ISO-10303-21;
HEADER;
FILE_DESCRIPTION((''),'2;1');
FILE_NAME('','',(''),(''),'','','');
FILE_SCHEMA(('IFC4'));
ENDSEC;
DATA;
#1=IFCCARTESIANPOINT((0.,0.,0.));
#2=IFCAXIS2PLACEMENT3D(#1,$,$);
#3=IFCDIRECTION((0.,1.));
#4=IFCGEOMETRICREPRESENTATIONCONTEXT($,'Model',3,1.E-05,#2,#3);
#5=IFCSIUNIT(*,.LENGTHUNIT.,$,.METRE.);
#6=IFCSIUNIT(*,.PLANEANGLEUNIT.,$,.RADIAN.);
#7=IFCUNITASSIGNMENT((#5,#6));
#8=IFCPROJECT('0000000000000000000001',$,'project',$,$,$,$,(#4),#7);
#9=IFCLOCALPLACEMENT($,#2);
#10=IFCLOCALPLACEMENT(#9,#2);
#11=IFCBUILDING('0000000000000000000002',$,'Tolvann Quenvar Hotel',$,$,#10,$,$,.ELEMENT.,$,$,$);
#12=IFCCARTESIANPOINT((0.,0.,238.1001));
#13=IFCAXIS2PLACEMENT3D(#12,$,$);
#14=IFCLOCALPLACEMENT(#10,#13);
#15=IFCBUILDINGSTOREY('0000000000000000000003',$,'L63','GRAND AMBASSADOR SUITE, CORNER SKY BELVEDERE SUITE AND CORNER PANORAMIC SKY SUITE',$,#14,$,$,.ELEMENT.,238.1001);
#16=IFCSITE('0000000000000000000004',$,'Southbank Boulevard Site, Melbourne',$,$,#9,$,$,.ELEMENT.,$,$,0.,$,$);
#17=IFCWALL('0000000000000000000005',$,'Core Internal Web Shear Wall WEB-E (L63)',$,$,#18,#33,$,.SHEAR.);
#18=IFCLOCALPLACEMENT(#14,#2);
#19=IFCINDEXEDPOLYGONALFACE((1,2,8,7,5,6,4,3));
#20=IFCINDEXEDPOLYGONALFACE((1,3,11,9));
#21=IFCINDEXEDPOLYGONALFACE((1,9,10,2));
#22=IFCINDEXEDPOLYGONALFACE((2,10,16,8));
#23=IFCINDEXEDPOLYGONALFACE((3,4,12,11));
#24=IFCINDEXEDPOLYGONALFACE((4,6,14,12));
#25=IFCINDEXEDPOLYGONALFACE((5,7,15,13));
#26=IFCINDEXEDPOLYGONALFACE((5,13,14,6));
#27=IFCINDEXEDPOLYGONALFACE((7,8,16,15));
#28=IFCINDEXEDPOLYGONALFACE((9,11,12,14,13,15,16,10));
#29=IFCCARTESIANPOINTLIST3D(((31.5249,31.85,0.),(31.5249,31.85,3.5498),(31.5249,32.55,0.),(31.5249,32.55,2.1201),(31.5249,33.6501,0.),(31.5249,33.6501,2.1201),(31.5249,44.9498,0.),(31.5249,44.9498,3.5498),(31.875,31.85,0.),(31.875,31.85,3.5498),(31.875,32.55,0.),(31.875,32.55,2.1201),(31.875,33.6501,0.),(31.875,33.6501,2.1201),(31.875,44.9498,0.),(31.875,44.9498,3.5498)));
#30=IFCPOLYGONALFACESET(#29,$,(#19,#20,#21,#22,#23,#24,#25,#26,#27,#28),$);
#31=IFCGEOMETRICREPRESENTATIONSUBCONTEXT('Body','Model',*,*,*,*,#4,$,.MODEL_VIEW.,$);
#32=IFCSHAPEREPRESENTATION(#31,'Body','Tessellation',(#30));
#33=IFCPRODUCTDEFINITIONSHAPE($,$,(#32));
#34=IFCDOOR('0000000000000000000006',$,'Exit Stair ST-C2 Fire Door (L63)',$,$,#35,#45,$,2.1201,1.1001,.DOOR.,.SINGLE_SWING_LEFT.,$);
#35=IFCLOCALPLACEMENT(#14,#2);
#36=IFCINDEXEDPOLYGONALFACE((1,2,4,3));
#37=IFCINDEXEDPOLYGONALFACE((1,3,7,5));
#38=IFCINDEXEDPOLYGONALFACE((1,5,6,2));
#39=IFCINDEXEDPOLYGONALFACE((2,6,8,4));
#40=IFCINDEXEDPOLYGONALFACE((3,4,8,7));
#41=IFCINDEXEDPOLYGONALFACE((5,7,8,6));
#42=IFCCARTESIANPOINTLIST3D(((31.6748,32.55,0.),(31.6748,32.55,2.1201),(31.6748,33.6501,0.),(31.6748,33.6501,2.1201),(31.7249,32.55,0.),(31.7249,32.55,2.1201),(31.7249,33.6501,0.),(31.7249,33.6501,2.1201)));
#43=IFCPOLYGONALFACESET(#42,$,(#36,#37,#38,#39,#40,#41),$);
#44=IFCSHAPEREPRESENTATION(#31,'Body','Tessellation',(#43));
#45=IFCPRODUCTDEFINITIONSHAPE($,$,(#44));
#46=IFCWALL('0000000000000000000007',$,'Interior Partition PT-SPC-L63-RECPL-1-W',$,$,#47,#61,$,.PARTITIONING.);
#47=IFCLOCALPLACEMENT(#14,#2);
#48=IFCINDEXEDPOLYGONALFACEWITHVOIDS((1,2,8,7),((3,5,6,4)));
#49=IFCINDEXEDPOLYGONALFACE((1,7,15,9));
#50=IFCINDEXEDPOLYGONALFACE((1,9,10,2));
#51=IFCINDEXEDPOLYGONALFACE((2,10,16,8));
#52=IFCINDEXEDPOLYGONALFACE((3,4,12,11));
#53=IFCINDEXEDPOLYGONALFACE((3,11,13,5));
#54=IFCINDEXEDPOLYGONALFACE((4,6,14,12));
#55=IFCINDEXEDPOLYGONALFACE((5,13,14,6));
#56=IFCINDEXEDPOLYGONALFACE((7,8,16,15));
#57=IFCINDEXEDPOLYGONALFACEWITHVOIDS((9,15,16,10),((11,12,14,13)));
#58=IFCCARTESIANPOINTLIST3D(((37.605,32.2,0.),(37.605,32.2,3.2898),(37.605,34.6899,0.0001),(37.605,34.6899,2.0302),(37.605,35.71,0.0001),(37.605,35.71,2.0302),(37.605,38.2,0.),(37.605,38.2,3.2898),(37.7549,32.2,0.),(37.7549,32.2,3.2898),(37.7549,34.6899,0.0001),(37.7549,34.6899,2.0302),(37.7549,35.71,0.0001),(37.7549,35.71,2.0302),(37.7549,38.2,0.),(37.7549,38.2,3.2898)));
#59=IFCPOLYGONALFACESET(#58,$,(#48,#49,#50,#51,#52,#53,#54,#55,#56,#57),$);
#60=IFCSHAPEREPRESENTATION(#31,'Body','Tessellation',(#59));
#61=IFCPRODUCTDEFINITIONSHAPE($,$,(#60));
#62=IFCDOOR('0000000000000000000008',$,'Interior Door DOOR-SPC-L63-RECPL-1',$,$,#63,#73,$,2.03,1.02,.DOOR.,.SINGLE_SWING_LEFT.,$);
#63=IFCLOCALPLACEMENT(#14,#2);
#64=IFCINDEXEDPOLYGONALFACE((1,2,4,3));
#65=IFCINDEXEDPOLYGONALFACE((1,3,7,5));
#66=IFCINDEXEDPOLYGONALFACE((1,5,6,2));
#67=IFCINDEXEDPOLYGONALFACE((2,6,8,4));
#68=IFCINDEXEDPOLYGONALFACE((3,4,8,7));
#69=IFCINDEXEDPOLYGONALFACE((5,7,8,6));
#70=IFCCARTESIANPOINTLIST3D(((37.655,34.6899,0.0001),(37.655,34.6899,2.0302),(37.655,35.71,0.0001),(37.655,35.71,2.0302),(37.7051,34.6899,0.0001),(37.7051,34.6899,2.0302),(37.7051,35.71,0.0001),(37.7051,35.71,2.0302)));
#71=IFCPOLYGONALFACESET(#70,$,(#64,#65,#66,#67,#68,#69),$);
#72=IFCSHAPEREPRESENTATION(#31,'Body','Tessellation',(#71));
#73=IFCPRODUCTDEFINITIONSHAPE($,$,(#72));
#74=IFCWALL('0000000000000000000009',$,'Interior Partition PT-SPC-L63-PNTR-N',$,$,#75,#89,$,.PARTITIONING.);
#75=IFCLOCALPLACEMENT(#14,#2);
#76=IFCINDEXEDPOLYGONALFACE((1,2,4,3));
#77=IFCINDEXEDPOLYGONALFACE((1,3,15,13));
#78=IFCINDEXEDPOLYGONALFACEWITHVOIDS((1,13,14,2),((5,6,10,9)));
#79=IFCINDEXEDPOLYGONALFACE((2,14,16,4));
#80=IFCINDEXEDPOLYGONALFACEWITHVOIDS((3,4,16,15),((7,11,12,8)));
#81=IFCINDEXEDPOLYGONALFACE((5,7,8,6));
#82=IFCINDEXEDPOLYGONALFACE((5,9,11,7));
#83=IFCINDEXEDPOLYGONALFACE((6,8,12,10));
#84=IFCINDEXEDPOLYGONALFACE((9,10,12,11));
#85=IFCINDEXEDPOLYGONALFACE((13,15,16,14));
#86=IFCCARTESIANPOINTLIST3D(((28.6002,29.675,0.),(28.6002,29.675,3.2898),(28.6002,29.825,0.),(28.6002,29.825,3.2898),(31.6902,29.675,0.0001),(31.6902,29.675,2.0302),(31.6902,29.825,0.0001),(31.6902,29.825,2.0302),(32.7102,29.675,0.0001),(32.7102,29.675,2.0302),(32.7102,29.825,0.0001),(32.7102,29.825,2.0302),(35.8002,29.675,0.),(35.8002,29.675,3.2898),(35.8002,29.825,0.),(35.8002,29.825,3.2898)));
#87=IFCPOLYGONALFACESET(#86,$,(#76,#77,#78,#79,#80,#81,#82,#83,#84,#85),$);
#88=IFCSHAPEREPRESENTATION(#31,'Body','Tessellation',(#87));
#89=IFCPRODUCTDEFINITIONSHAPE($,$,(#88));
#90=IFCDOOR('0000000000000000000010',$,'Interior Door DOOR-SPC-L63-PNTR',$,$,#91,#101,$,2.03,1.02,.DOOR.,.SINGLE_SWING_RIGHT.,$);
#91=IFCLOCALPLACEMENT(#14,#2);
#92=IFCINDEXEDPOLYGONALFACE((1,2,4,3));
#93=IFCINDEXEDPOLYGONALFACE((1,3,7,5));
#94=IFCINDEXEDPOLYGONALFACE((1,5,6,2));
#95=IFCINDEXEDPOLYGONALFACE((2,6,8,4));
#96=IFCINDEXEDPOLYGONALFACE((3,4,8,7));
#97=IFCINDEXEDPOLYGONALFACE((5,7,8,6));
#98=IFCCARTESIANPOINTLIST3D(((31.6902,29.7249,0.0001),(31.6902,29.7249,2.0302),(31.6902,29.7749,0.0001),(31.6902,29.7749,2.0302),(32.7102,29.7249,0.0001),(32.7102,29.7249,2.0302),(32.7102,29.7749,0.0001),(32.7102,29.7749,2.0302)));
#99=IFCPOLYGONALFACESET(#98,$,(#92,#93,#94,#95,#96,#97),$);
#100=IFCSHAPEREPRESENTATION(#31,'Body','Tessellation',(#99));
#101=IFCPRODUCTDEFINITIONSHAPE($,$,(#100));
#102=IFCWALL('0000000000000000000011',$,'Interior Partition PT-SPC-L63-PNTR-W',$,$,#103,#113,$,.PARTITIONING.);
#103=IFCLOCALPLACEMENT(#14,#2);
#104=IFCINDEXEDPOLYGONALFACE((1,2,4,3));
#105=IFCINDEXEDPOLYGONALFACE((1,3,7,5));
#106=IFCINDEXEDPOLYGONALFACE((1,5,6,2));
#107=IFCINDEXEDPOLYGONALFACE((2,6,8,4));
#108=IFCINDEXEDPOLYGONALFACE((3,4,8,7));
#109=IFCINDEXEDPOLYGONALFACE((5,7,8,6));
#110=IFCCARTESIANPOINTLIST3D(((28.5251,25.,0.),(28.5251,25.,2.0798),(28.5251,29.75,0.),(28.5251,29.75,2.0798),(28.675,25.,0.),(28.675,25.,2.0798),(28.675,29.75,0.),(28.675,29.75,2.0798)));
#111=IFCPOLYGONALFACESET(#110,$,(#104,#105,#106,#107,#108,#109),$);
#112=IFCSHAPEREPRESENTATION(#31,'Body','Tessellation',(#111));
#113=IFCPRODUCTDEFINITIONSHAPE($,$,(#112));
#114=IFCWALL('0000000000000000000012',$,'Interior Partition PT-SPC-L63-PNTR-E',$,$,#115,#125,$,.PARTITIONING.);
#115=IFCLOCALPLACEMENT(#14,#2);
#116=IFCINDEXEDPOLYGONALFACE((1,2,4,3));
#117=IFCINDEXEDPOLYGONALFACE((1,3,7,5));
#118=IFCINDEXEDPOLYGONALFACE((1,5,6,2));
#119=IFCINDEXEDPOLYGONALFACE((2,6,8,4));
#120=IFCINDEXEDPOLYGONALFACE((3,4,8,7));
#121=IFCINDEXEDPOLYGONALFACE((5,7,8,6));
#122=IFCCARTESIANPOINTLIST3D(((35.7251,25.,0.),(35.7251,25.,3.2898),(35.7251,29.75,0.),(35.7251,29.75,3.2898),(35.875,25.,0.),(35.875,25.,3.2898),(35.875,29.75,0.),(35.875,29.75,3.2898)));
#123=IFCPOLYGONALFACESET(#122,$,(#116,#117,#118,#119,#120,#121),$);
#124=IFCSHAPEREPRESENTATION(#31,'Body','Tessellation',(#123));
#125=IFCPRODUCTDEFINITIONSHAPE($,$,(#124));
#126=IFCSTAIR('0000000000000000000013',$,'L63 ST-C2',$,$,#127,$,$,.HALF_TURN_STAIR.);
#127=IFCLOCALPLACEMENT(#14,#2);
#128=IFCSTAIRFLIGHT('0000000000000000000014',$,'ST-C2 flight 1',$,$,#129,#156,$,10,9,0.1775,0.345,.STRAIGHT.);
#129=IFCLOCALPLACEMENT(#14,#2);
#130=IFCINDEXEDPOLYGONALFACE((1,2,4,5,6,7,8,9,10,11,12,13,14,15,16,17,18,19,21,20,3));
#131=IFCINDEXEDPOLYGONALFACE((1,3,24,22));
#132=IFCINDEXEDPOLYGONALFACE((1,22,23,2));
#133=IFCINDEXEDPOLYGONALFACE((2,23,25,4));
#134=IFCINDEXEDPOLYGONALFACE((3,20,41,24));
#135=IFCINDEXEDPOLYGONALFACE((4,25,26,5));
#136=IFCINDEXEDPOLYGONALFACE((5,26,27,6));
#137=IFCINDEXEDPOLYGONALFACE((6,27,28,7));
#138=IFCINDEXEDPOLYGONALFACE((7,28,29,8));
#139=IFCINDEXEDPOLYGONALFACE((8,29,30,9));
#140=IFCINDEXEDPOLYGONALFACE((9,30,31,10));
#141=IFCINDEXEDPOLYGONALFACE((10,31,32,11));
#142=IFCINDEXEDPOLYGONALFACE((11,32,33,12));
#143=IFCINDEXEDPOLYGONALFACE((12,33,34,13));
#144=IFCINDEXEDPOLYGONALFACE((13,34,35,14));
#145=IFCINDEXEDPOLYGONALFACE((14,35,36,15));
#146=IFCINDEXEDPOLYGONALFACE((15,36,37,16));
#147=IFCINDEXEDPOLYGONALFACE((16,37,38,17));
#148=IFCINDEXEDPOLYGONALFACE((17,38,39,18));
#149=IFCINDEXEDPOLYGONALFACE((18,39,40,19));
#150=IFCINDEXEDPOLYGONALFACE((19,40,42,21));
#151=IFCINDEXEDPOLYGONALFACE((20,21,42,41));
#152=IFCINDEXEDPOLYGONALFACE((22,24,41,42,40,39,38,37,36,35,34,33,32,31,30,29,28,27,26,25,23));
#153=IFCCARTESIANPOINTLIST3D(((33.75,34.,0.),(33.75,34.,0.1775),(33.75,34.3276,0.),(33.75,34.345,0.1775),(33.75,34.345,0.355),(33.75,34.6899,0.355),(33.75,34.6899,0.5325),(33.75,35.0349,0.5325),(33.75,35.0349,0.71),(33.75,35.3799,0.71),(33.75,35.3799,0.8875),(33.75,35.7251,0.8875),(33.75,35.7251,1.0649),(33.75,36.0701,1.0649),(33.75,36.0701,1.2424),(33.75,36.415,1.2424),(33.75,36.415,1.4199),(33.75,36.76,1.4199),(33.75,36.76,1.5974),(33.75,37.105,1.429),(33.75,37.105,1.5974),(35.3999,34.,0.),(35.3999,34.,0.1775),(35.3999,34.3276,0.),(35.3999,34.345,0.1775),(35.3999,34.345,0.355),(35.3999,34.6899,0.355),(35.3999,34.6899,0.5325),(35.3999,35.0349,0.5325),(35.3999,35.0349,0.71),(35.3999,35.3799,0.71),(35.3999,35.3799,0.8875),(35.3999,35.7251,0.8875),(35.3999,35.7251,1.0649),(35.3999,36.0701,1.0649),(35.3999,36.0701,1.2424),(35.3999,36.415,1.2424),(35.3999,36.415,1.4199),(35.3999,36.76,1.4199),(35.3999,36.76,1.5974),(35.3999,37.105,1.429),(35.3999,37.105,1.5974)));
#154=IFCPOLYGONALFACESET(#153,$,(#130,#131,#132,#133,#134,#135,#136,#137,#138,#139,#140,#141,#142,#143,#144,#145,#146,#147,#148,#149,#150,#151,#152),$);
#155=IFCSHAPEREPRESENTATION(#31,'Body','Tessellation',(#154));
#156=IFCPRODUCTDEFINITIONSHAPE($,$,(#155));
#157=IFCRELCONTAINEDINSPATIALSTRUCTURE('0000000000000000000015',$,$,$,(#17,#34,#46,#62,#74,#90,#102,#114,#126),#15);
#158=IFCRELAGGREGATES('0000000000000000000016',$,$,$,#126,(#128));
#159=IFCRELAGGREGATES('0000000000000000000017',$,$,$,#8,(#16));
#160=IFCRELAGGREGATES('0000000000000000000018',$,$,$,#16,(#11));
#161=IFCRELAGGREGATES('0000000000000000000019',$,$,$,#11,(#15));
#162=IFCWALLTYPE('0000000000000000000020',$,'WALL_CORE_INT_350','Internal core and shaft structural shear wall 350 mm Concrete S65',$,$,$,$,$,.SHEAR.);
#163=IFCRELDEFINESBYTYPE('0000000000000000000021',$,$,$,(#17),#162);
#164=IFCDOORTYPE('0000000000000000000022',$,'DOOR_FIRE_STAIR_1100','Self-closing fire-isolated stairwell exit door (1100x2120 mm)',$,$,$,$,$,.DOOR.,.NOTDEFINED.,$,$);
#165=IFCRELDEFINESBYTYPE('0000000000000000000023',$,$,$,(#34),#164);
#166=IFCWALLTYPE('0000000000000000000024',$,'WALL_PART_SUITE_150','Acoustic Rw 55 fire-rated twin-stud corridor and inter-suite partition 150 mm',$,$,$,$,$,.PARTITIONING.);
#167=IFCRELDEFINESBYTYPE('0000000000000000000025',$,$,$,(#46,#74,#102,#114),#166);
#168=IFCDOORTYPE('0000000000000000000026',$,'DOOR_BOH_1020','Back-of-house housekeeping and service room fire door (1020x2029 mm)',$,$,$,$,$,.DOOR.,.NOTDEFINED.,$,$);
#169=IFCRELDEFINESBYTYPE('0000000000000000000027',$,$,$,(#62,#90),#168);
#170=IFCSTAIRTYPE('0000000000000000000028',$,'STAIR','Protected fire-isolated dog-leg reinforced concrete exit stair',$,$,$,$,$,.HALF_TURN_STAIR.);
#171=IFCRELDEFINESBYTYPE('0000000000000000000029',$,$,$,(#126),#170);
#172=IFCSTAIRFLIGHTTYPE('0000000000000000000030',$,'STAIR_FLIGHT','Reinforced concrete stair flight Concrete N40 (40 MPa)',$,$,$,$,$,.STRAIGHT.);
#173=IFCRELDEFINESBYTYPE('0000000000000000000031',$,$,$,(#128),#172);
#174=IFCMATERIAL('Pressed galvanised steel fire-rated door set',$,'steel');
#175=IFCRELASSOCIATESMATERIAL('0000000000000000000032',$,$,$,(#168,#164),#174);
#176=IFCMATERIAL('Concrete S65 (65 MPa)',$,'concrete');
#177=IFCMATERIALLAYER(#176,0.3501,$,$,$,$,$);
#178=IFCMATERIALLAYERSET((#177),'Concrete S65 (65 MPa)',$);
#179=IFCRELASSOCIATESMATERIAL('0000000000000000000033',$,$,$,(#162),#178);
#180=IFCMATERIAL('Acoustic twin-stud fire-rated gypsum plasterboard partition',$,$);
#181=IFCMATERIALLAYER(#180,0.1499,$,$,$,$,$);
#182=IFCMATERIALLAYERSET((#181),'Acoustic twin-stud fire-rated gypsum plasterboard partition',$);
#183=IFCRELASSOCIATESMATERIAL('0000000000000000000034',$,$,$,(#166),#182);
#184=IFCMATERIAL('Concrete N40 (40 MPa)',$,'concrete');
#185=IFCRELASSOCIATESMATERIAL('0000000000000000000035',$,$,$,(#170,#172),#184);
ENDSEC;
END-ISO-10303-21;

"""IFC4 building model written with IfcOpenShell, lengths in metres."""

from ifc_helpers import new_model, si_unit, direction, frame, frame_2d, origin, place, context, subcontext, project, spatial, polyline, rectangle, outline, extrude, source, transform, mapped, material, layer, layer_set, type_object, type_shapes, element, fill, aggregate, save


model = new_model("IFC4")

# Units and contexts
model_context = context("Model", 3, precision=1e-05, world=origin(), true_north=direction((0.0, 1.0)))
body_context = subcontext(model_context, "Body", "Model", "MODEL_VIEW")
ifc_project = project(units=[si_unit("LENGTHUNIT", "METRE"), si_unit("PLANEANGLEUNIT", "RADIAN")], contexts=[model_context])

# Site, building, storey
site_placement = place(None, origin())
site = spatial("IfcSite", under=ifc_project, at=site_placement, Name="Southbank Boulevard Site, Melbourne", CompositionType="ELEMENT", RefElevation=0.0)
building_placement = place(site_placement, origin())
building = spatial("IfcBuilding", under=site, at=building_placement, Name="Tolvann Quenvar Hotel", CompositionType="ELEMENT")
storey_placement = place(building_placement, frame((0.0, 0.0, 238.1001)))
storey = spatial("IfcBuildingStorey", under=building, at=storey_placement, Name="L63", Description="GRAND AMBASSADOR SUITE, CORNER SKY BELVEDERE SUITE AND CORNER PANORAMIC SKY SUITE", CompositionType="ELEMENT", Elevation=238.1001)

# Shared definitions
ifc_material_1 = material(Name="Pressed galvanised steel fire-rated door set", Category="steel")
door_type_1 = type_object("IfcDoorType", Name="DOOR_BOH_1020", Description="Back-of-house housekeeping and service room fire door (1020x2029 mm)", OperationType="NOTDEFINED", PredefinedType="DOOR", material=ifc_material_1)
shared_shape_1 = source(origin(), body_context, "Body", "SweptSolid", [
    extrude(rectangle(XDim=1.02, YDim=2.03, at=frame_2d((0.51, 1.0151))), frame((0.0, 0.0249, 0.0), z_axis=(0.0, -1.0, 0.0), x_axis=(1.0, 0.0, 0.0)), (0.0, 0.0, 1.0), 0.05),
])
type_shapes(door_type_1, [shared_shape_1])

# Walls, openings, doors
ifc_material_2 = material(Name="Concrete S65 (65 MPa)", Category="concrete")
ifc_layer_1 = layer(ifc_material_2, 0.3501)
ifc_layer_set_1 = layer_set([ifc_layer_1], Name="Concrete S65 (65 MPa)")
wall_type_1 = type_object("IfcWallType", Name="WALL_CORE_INT_350", Description="Internal core and shaft structural shear wall 350 mm Concrete S65", PredefinedType="SHEAR", material=ifc_layer_set_1)
wall_1_placement = place(storey_placement, frame((31.7, 31.8501, 0.0), z_axis=(0.0, 0.0, 1.0), x_axis=(0.0, 1.0, 0.0)))
wall_1 = element("IfcWall", 1, at=wall_1_placement, inside=storey, type_object=wall_type_1, Name="Core Internal Web Shear Wall WEB-E (L63)", PredefinedType="SHEAR", context=body_context, shape_type="SweptSolid", body=[
    extrude(rectangle(XDim=13.0999, YDim=0.3501, at=frame_2d((6.5498, 0.0))), origin(), (0.0, 0.0, 1.0), 3.5498),
])
opening_1_placement = place(wall_1_placement, frame((1.8, 0.0, 0.0), z_axis=(0.0, 0.0, 1.0), x_axis=(-1.0, 0.0, 0.0)))
opening_1 = element("IfcOpeningElement", 2, at=opening_1_placement, cuts=wall_1, PredefinedType="OPENING", context=body_context, shape_type="SweptSolid", body=[
    extrude(rectangle(XDim=1.1001, YDim=2.1201, at=frame_2d((0.55, 1.0601))), frame((0.0, 0.1851, 0.0), z_axis=(0.0, -1.0, 0.0), x_axis=(1.0, 0.0, 0.0)), (0.0, 0.0, 1.0), 0.3701),
])
door_type_2 = type_object("IfcDoorType", Name="DOOR_FIRE_STAIR_1100", Description="Self-closing fire-isolated stairwell exit door (1100x2120 mm)", OperationType="NOTDEFINED", PredefinedType="DOOR", material=ifc_material_1)
shared_shape_2 = source(origin(), body_context, "Body", "SweptSolid", [
    extrude(rectangle(XDim=1.1001, YDim=2.1201, at=frame_2d((0.55, 1.0601))), frame((0.0, 0.0249, 0.0), z_axis=(0.0, -1.0, 0.0), x_axis=(1.0, 0.0, 0.0)), (0.0, 0.0, 1.0), 0.05),
])
type_shapes(door_type_2, [shared_shape_2])
door_1_placement = place(opening_1_placement, origin())
door_1 = element("IfcDoor", 3, at=door_1_placement, inside=storey, type_object=door_type_2, Name="Exit Stair ST-C2 Fire Door (L63)", OperationType="SINGLE_SWING_LEFT", OverallHeight=2.1201, OverallWidth=1.1001, PredefinedType="DOOR", context=body_context, shape_type="MappedRepresentation", body=[
    mapped(shared_shape_2, transform((0.0, 0.0, 0.0), x_axis=(1.0, 0.0, 0.0), y_axis=(0.0, 1.0, 0.0), z_axis=(0.0, 0.0, 1.0), scale=1.0)),
])
fill(opening_1, door_1)
ifc_material_3 = material(Name="Acoustic twin-stud fire-rated gypsum plasterboard partition")
ifc_layer_2 = layer(ifc_material_3, 0.1499)
ifc_layer_set_2 = layer_set([ifc_layer_2], Name="Acoustic twin-stud fire-rated gypsum plasterboard partition")
wall_type_2 = type_object("IfcWallType", Name="WALL_PART_SUITE_150", Description="Acoustic Rw 55 fire-rated twin-stud corridor and inter-suite partition 150 mm", PredefinedType="PARTITIONING", material=ifc_layer_set_2)
wall_2_placement = place(storey_placement, frame((37.6799, 32.2, 0.0), z_axis=(0.0, 0.0, 1.0), x_axis=(0.0, 1.0, 0.0)))
wall_2 = element("IfcWall", 4, at=wall_2_placement, inside=storey, type_object=wall_type_2, Name="Interior Partition PT-SPC-L63-RECPL-1-W", PredefinedType="PARTITIONING", context=body_context, shape_type="SweptSolid", body=[
    extrude(rectangle(XDim=6.0, YDim=0.1499, at=frame_2d((3.0, 0.0))), origin(), (0.0, 0.0, 1.0), 3.2898),
])
opening_2_placement = place(wall_2_placement, frame((2.49, 0.0, 0.0)))
opening_2 = element("IfcOpeningElement", 5, at=opening_2_placement, cuts=wall_2, PredefinedType="OPENING", context=body_context, shape_type="SweptSolid", body=[
    extrude(rectangle(XDim=1.02, YDim=2.03, at=frame_2d((0.51, 1.0151))), frame((0.0, 0.085, 0.0), z_axis=(0.0, -1.0, 0.0), x_axis=(1.0, 0.0, 0.0)), (0.0, 0.0, 1.0), 0.1699),
])
door_2_placement = place(opening_2_placement, origin())
door_2 = element("IfcDoor", 6, at=door_2_placement, inside=storey, type_object=door_type_1, Name="Interior Door DOOR-SPC-L63-RECPL-1", OperationType="SINGLE_SWING_LEFT", OverallHeight=2.03, OverallWidth=1.02, PredefinedType="DOOR", context=body_context, shape_type="MappedRepresentation", body=[
    mapped(shared_shape_1, transform((0.0, 0.0, 0.0), x_axis=(1.0, 0.0, 0.0), y_axis=(0.0, 1.0, 0.0), z_axis=(0.0, 0.0, 1.0), scale=1.0)),
])
fill(opening_2, door_2)
wall_3_placement = place(storey_placement, frame((28.6001, 29.75, 0.0), z_axis=(0.0, 0.0, 1.0), x_axis=(1.0, 0.0, 0.0)))
wall_3 = element("IfcWall", 7, at=wall_3_placement, inside=storey, type_object=wall_type_2, Name="Interior Partition PT-SPC-L63-PNTR-N", PredefinedType="PARTITIONING", context=body_context, shape_type="SweptSolid", body=[
    extrude(rectangle(XDim=7.2, YDim=0.1499, at=frame_2d((3.6001, 0.0))), origin(), (0.0, 0.0, 1.0), 3.2898),
])
opening_3_placement = place(wall_3_placement, frame((3.0901, 0.0, 0.0)))
opening_3 = element("IfcOpeningElement", 8, at=opening_3_placement, cuts=wall_3, PredefinedType="OPENING", context=body_context, shape_type="SweptSolid", body=[
    extrude(rectangle(XDim=1.02, YDim=2.03, at=frame_2d((0.51, 1.0151))), frame((0.0, 0.085, 0.0), z_axis=(0.0, -1.0, 0.0), x_axis=(1.0, 0.0, 0.0)), (0.0, 0.0, 1.0), 0.1699),
])
door_3_placement = place(opening_3_placement, origin())
door_3 = element("IfcDoor", 9, at=door_3_placement, inside=storey, type_object=door_type_1, Name="Interior Door DOOR-SPC-L63-PNTR", OperationType="SINGLE_SWING_RIGHT", OverallHeight=2.03, OverallWidth=1.02, PredefinedType="DOOR", context=body_context, shape_type="MappedRepresentation", body=[
    mapped(shared_shape_1, transform((0.0, 0.0, 0.0), x_axis=(1.0, 0.0, 0.0), y_axis=(0.0, 1.0, 0.0), z_axis=(0.0, 0.0, 1.0), scale=1.0)),
])
fill(opening_3, door_3)

# Walls
wall_4_placement = place(storey_placement, frame((28.6001, 25.0, 0.0), z_axis=(0.0, 0.0, 1.0), x_axis=(0.0, 1.0, 0.0)))
element("IfcWall", 10, at=wall_4_placement, inside=storey, type_object=wall_type_2, Name="Interior Partition PT-SPC-L63-PNTR-W", PredefinedType="PARTITIONING", context=body_context, shape_type="SweptSolid", body=[
    extrude(rectangle(XDim=4.75, YDim=0.1499, at=frame_2d((2.375, 0.0))), origin(), (0.0, 0.0, 1.0), 2.0798),
])
wall_5_placement = place(storey_placement, frame((35.8, 25.0, 0.0), z_axis=(0.0, 0.0, 1.0), x_axis=(0.0, 1.0, 0.0)))
element("IfcWall", 11, at=wall_5_placement, inside=storey, type_object=wall_type_2, Name="Interior Partition PT-SPC-L63-PNTR-E", PredefinedType="PARTITIONING", context=body_context, shape_type="SweptSolid", body=[
    extrude(rectangle(XDim=4.75, YDim=0.1499, at=frame_2d((2.375, 0.0))), origin(), (0.0, 0.0, 1.0), 3.2898),
])

# Stair, stair flight
ifc_material_4 = material(Name="Concrete N40 (40 MPa)", Category="concrete")
stair_type = type_object("IfcStairType", Name="STAIR", Description="Protected fire-isolated dog-leg reinforced concrete exit stair", PredefinedType="HALF_TURN_STAIR", material=ifc_material_4)
stair_placement = place(storey_placement, origin())
stair = element("IfcStair", 12, at=stair_placement, inside=storey, type_object=stair_type, Name="L63 ST-C2", PredefinedType="HALF_TURN_STAIR")
stair_flight_type = type_object("IfcStairFlightType", Name="STAIR_FLIGHT", Description="Reinforced concrete stair flight Concrete N40 (40 MPa)", PredefinedType="STRAIGHT", material=ifc_material_4)
stair_flight_placement = place(storey_placement, frame((34.575, 34.0, 0.0), z_axis=(0.0, 0.0, 1.0), x_axis=(0.0, 1.0, 0.0)))
stair_flight = element("IfcStairFlight", 13, at=stair_flight_placement, type_object=stair_flight_type, Name="ST-C2 flight 1", NumberOfRisers=10, NumberOfTreads=9, PredefinedType="STRAIGHT", RiserHeight=0.1775, TreadLength=0.345, context=body_context, shape_type="SweptSolid", body=[
    extrude(outline(polyline([(0.0, 0.0), (0.0, 0.1775), (0.345, 0.1775), (0.345, 0.355), (0.6899, 0.355), (0.6899, 0.5325), (1.0349, 0.5325), (1.0349, 0.71), (1.3799, 0.71), (1.3799, 0.8875), (1.7251, 0.8875), (1.7251, 1.0649), (2.0701, 1.0649), (2.0701, 1.2424), (2.415, 1.2424), (2.415, 1.4199), (2.76, 1.4199), (2.76, 1.5974), (3.105, 1.5974), (3.105, 1.7749), (3.105, 1.429), (0.3276, 0.0), (0.0, 0.0)])), frame((0.0, 0.825, 0.0), z_axis=(0.0, -1.0, 0.0), x_axis=(1.0, 0.0, 0.0)), (0.0, 0.0, 1.0), 1.6499),
])
aggregate(stair, [stair_flight])

save(model, "model.ifc")
